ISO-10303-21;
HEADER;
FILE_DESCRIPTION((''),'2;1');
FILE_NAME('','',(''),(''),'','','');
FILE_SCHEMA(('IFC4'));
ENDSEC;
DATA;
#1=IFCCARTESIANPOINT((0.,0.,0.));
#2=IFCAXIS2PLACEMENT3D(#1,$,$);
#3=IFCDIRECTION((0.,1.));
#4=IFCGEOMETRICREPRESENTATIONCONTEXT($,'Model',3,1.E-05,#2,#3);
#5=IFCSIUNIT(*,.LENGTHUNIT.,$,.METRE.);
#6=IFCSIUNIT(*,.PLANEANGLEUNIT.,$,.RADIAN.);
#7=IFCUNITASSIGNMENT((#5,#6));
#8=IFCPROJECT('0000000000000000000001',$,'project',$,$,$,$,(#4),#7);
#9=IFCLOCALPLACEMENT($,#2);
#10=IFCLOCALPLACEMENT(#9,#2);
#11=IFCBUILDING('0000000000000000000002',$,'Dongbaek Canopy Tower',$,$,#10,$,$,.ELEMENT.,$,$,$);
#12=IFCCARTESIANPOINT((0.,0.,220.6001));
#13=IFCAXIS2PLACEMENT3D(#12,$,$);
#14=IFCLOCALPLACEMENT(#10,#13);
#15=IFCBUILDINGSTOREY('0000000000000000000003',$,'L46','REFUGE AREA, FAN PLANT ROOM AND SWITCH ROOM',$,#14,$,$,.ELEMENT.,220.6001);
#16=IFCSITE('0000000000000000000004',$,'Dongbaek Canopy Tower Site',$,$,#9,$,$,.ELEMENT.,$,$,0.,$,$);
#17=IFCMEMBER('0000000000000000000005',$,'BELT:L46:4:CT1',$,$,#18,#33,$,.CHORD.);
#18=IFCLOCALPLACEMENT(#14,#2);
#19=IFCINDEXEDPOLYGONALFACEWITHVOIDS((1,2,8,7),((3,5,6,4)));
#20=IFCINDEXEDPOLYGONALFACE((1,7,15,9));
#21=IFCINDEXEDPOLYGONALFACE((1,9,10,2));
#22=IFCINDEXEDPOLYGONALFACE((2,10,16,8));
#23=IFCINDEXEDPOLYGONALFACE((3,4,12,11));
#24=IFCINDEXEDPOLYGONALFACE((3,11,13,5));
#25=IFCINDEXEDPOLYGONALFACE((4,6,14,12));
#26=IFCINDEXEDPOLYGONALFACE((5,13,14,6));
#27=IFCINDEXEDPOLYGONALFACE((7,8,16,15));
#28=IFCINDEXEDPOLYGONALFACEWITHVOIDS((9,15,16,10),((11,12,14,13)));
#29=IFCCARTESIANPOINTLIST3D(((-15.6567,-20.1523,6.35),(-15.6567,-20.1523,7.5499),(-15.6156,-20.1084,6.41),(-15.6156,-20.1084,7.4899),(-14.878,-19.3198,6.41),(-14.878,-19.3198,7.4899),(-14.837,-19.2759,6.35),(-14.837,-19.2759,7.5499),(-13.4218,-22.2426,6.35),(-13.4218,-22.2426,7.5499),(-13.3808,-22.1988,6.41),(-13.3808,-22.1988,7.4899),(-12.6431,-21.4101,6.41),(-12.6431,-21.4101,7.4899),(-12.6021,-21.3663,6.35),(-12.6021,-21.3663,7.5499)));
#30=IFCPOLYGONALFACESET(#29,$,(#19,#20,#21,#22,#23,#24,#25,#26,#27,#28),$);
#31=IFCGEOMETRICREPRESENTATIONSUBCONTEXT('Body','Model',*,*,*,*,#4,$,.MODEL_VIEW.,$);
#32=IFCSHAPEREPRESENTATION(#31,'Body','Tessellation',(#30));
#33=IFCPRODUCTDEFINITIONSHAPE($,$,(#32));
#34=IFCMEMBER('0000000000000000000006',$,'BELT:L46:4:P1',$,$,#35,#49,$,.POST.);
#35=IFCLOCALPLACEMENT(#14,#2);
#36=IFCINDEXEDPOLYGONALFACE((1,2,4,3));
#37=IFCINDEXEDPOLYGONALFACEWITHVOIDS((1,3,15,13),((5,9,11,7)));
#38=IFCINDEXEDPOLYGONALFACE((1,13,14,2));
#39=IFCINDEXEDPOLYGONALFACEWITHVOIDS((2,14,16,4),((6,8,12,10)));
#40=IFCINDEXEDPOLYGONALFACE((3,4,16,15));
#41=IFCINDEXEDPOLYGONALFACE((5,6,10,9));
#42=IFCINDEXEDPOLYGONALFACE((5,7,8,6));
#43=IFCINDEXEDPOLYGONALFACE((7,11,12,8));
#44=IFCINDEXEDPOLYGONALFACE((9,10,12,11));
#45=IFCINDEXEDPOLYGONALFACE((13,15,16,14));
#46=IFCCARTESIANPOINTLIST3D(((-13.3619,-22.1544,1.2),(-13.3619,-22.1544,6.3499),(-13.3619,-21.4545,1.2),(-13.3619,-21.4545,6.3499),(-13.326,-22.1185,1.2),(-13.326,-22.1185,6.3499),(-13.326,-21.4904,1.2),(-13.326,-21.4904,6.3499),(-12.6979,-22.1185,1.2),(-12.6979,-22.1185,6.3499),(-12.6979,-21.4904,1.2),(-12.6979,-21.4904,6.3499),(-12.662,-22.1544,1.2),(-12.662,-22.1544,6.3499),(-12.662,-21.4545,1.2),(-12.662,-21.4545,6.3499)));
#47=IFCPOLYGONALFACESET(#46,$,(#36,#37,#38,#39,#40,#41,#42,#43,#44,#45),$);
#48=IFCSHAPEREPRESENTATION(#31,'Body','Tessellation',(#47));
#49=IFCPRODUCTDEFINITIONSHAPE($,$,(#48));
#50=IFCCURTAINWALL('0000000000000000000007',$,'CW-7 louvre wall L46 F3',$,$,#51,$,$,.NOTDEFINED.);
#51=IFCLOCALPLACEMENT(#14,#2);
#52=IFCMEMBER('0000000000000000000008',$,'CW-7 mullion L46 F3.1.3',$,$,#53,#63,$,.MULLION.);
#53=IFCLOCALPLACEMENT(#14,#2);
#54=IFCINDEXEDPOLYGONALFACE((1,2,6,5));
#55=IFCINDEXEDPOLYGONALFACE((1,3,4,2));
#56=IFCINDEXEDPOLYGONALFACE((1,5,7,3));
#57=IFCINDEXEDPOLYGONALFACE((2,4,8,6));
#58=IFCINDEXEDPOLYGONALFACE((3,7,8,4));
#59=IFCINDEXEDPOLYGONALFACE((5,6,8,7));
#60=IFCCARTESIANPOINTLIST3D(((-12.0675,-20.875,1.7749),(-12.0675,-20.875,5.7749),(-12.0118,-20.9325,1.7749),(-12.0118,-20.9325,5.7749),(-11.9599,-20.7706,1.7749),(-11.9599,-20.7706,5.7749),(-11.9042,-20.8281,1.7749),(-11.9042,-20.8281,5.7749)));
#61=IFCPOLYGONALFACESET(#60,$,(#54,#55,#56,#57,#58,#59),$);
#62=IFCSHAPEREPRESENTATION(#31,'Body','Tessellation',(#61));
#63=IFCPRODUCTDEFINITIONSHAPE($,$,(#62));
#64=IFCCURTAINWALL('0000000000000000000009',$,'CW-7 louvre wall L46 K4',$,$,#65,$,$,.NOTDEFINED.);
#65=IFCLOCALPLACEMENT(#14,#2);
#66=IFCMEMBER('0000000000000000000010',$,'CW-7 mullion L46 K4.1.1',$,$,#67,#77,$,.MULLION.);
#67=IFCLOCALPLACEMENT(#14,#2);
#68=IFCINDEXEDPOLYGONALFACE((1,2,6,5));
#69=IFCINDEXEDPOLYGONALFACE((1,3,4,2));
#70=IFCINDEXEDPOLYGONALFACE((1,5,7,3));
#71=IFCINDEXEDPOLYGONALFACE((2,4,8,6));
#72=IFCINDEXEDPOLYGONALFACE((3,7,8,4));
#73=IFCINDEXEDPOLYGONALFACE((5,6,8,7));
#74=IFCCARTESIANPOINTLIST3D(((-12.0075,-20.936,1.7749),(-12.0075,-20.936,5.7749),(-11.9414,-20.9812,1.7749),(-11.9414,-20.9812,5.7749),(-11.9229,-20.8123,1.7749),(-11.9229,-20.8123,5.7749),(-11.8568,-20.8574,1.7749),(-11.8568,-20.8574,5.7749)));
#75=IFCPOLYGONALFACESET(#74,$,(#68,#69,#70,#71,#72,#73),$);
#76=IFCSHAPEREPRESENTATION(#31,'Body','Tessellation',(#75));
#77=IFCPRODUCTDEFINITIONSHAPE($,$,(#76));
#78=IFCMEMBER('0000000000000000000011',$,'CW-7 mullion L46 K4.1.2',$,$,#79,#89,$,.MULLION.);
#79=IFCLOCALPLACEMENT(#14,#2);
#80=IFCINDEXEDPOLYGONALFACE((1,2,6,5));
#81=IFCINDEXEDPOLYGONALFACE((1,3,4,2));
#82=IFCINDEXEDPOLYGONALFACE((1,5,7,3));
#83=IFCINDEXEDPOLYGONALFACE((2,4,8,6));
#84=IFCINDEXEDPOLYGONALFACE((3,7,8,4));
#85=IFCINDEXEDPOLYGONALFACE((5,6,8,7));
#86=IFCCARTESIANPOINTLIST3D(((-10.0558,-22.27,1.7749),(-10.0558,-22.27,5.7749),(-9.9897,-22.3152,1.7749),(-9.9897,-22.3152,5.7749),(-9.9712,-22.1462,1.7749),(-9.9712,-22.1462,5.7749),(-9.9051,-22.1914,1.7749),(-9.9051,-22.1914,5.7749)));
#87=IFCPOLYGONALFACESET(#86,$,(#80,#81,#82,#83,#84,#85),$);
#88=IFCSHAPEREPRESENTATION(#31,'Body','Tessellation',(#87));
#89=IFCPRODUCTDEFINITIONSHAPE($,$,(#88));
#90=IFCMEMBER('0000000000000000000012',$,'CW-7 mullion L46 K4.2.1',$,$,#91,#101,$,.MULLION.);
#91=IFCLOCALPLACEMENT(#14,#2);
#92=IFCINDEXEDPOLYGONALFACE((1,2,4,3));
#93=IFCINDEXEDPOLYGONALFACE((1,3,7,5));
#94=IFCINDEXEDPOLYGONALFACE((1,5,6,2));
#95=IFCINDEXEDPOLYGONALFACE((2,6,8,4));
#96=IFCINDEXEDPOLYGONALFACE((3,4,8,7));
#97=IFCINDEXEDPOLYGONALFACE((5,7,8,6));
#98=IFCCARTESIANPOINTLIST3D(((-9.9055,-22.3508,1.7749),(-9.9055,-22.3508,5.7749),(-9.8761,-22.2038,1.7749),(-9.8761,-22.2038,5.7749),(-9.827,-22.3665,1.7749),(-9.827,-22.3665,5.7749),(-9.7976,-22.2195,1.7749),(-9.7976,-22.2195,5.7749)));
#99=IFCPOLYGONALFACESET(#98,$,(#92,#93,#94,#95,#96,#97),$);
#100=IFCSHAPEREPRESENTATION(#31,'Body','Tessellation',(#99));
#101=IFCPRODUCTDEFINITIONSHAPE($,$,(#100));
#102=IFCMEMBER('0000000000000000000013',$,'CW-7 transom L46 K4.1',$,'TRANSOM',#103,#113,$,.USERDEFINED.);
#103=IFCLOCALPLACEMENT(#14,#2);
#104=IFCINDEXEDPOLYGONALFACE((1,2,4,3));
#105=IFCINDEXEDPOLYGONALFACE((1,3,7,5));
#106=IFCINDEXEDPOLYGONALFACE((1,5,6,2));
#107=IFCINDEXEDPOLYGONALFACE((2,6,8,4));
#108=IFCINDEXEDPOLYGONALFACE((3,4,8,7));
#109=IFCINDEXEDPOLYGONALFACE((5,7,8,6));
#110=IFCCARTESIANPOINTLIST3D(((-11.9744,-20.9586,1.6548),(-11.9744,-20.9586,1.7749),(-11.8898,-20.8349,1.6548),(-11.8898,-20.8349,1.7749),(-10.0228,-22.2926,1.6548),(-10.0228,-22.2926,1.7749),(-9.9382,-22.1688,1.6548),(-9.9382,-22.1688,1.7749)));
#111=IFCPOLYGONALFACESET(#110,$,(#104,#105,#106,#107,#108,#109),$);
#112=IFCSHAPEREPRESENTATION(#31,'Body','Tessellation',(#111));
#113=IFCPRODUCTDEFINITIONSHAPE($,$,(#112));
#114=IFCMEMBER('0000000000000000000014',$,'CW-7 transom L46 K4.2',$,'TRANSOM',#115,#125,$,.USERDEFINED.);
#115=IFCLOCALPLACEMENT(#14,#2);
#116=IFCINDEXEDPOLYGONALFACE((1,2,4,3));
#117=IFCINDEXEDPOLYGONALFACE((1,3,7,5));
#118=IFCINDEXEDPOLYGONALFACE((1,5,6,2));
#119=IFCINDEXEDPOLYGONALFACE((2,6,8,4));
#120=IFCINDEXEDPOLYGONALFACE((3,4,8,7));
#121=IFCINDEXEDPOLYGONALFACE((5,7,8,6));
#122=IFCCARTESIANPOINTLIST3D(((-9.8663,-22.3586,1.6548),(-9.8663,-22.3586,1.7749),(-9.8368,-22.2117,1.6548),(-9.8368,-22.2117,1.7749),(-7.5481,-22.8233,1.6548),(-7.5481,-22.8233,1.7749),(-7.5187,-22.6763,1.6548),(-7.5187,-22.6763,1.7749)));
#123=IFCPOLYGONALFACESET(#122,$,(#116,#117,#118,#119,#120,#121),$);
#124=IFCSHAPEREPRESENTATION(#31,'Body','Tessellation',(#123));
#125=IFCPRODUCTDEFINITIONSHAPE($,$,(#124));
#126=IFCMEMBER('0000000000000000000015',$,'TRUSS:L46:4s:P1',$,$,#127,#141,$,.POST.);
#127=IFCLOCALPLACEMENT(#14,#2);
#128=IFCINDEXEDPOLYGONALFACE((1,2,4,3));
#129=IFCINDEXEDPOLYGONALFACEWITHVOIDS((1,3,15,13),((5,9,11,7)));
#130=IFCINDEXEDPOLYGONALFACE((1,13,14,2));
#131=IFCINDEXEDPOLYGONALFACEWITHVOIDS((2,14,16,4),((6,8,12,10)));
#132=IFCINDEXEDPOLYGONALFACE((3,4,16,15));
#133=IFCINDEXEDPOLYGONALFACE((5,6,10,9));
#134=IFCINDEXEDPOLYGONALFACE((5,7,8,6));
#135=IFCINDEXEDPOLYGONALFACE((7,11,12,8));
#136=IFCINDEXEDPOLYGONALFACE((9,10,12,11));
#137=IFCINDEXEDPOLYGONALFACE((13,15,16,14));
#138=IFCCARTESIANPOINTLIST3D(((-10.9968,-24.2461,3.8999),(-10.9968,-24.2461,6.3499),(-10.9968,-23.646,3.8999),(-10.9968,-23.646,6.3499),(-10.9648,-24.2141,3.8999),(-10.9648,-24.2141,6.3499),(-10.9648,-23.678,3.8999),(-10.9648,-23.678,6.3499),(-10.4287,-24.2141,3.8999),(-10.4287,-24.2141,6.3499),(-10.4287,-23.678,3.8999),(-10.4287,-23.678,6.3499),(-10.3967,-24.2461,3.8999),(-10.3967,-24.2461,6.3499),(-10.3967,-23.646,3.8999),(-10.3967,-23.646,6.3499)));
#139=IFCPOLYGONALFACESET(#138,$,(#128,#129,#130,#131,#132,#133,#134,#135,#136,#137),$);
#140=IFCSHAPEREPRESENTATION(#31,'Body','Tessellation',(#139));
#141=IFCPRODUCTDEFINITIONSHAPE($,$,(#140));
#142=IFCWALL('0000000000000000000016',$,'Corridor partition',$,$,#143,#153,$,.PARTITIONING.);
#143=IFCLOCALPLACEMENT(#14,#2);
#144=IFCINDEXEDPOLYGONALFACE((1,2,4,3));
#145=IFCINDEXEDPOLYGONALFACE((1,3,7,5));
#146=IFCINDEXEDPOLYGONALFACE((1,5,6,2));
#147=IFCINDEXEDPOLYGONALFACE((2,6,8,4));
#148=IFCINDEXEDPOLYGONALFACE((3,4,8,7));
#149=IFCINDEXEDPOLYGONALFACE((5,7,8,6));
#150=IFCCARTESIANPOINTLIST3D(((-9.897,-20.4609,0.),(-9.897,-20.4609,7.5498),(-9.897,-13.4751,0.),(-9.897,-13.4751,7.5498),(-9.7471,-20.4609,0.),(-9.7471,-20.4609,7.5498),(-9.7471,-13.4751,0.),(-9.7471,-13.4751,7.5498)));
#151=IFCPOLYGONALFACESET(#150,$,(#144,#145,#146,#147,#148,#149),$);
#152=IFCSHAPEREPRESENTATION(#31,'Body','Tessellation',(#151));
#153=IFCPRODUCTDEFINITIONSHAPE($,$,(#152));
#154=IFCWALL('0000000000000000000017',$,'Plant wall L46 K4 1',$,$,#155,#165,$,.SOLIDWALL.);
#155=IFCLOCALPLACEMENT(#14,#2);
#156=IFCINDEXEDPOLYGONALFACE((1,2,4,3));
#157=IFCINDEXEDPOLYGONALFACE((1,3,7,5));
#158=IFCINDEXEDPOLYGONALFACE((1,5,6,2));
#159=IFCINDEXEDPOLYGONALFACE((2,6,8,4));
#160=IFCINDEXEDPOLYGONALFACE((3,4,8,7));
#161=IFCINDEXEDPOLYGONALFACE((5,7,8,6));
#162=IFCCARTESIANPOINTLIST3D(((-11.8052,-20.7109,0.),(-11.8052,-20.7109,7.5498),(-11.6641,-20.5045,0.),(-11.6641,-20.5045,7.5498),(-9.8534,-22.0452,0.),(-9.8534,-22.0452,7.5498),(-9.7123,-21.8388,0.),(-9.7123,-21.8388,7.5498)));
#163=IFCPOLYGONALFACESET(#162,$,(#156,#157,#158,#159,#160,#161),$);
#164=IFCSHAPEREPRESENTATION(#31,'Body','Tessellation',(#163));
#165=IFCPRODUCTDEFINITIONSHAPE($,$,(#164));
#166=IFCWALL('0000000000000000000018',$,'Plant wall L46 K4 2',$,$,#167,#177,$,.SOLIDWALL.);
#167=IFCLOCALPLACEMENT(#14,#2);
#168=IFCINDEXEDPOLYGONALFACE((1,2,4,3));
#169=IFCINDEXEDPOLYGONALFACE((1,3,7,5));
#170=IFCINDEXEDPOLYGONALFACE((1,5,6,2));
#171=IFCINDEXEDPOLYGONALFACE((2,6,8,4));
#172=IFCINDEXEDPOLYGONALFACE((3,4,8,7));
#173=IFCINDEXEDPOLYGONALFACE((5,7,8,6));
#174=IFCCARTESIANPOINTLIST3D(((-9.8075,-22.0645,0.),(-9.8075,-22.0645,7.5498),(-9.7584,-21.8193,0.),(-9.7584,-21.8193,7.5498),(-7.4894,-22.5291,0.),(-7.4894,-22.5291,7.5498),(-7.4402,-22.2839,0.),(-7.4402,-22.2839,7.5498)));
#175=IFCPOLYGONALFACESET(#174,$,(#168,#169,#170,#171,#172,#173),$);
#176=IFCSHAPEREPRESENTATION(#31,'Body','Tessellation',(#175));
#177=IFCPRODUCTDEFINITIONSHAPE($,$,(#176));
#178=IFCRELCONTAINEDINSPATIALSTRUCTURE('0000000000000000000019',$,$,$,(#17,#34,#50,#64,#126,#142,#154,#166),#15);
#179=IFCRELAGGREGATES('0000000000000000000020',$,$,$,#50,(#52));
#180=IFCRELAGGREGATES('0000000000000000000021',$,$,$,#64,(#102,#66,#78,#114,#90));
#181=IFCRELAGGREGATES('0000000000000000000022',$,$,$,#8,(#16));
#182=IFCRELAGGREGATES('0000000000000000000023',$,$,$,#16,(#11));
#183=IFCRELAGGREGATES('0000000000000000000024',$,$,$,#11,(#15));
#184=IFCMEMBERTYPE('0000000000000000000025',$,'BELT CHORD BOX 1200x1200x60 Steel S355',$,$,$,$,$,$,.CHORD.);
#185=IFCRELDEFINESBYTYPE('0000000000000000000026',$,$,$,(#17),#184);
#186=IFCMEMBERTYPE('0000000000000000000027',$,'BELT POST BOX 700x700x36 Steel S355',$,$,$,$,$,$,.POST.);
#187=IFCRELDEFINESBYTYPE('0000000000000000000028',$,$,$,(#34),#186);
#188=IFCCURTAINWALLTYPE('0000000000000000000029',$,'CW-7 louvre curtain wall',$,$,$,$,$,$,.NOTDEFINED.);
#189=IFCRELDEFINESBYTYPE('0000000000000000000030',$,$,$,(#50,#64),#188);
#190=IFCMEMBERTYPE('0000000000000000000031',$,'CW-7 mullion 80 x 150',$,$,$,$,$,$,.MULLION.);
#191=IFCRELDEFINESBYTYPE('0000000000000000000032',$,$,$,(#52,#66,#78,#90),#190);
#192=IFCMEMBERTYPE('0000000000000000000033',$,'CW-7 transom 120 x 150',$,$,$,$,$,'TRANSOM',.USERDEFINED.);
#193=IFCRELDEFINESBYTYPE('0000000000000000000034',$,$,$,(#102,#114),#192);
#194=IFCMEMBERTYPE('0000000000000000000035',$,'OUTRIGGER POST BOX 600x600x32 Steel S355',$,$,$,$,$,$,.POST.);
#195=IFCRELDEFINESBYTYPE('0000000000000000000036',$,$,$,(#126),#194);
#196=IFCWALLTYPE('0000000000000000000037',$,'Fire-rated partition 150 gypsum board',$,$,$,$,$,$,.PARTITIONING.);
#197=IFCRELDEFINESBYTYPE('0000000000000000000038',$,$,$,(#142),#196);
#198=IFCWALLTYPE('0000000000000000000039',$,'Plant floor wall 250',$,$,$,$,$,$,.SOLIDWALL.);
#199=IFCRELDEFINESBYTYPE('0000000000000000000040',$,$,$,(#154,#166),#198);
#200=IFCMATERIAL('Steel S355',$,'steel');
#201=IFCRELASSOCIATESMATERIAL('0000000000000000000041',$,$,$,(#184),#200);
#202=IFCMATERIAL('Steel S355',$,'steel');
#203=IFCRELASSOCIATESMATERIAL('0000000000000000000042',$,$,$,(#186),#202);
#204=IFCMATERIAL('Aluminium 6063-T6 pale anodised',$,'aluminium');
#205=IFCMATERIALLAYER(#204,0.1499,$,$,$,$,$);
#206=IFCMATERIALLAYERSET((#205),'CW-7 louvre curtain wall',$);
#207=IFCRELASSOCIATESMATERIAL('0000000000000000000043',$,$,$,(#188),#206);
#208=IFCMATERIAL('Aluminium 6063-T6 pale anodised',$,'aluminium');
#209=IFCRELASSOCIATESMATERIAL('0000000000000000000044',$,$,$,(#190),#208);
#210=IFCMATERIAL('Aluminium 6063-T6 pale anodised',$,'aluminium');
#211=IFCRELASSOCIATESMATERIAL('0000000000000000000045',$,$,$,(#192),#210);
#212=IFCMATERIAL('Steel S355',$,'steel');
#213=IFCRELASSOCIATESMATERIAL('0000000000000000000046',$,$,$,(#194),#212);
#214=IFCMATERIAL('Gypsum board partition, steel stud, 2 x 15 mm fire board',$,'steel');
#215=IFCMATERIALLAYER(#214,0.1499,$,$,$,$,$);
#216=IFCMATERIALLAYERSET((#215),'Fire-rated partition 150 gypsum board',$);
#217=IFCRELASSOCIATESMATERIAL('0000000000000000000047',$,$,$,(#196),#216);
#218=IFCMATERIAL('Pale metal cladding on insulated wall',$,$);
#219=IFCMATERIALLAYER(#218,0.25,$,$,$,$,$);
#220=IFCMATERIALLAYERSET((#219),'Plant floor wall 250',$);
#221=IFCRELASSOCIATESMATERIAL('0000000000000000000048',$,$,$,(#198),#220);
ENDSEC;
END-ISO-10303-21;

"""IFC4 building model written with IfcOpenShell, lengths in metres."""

from ifc_helpers import new_model, si_unit, direction, frame, frame_2d, origin, origin_2d, place, context, subcontext, project, spatial, rectangle, hollow_rectangle, extrude, material, layer, layer_set, material_profile, profile_set, type_object, element, aggregate, save


model = new_model("IFC4")

# Units and contexts
model_context = context("Model", 3, precision=1e-05, world=origin(), true_north=direction((0.0, 1.0)))
body_context = subcontext(model_context, "Body", "Model", "MODEL_VIEW")
ifc_project = project(units=[si_unit("LENGTHUNIT", "METRE"), si_unit("PLANEANGLEUNIT", "RADIAN")], contexts=[model_context])

# Site, building, storey
site_placement = place(None, origin())
site = spatial("IfcSite", under=ifc_project, at=site_placement, Name="Dongbaek Canopy Tower Site", CompositionType="ELEMENT", RefElevation=0.0)
building_placement = place(site_placement, origin())
building = spatial("IfcBuilding", under=site, at=building_placement, Name="Dongbaek Canopy Tower", CompositionType="ELEMENT")
storey_placement = place(building_placement, frame((0.0, 0.0, 220.6001)))
storey = spatial("IfcBuildingStorey", under=building, at=storey_placement, Name="L46", Description="REFUGE AREA, FAN PLANT ROOM AND SWITCH ROOM", CompositionType="ELEMENT", Elevation=220.6001)

# Members
ifc_material_1 = material(Name="Steel S355", Category="steel")
ifc_material_profile_1 = material_profile(ifc_material_1, hollow_rectangle(XDim=1.2, YDim=1.2, WallThickness=0.0601, at=origin_2d()), Name="BELT CHORD BOX 1200x1200x60 Steel S355")
ifc_profile_set_1 = profile_set([ifc_material_profile_1], Name="Steel S355")
member_type_1 = type_object("IfcMemberType", Name="BELT CHORD BOX 1200x1200x60 Steel S355", PredefinedType="CHORD", material=ifc_profile_set_1)
for number, where, z_axis, x_axis, name in (
    (1, (-13.012, -21.8044, 6.95), (-0.730328, 0.683097, 0.0), (-0.683097, -0.730328, 0.0), "BELT:L46:4:CT1"),
):
    element("IfcMember", number, at=place(storey_placement, frame(where, z_axis=z_axis, x_axis=x_axis)), inside=storey, type_object=member_type_1, Name=name, PredefinedType="CHORD", context=body_context, shape_type="SweptSolid", body=[
        extrude(hollow_rectangle(XDim=1.2, YDim=1.2, WallThickness=0.0601, at=origin_2d()), origin(), (0.0, 0.0, 1.0), 3.0601),
    ])
ifc_material_2 = material(Name="Steel S355", Category="steel")
ifc_material_profile_2 = material_profile(ifc_material_2, hollow_rectangle(XDim=0.7, YDim=0.7, WallThickness=0.0359, at=origin_2d()), Name="BELT POST BOX 700x700x36 Steel S355")
ifc_profile_set_2 = profile_set([ifc_material_profile_2], Name="Steel S355")
member_type_2 = type_object("IfcMemberType", Name="BELT POST BOX 700x700x36 Steel S355", PredefinedType="POST", material=ifc_profile_set_2)
member_1_placement = place(storey_placement, frame((-13.012, -21.8044, 1.2), z_axis=(0.0, 0.0, 1.0), x_axis=(1.0, 0.0, 0.0)))
element("IfcMember", 2, at=member_1_placement, inside=storey, type_object=member_type_2, Name="BELT:L46:4:P1", PredefinedType="POST", context=body_context, shape_type="SweptSolid", body=[
    extrude(hollow_rectangle(XDim=0.7, YDim=0.7, WallThickness=0.0359, at=origin_2d()), origin(), (0.0, 0.0, 1.0), 5.1499),
])

# Curtain wall, member
ifc_material_3 = material(Name="Aluminium 6063-T6 pale anodised", Category="aluminium")
ifc_layer_1 = layer(ifc_material_3, 0.1499)
ifc_layer_set_1 = layer_set([ifc_layer_1], Name="CW-7 louvre curtain wall")
curtain_wall_type = type_object("IfcCurtainWallType", Name="CW-7 louvre curtain wall", PredefinedType="NOTDEFINED", material=ifc_layer_set_1)
curtain_wall_1_placement = place(storey_placement, origin())
curtain_wall_1 = element("IfcCurtainWall", 3, at=curtain_wall_1_placement, inside=storey, type_object=curtain_wall_type, Name="CW-7 louvre wall L46 F3", PredefinedType="NOTDEFINED")
ifc_material_4 = material(Name="Aluminium 6063-T6 pale anodised", Category="aluminium")
ifc_material_profile_3 = material_profile(ifc_material_4, rectangle(XDim=0.1499, YDim=0.0801, at=origin_2d()), Name="CW-7 mullion 80 x 150")
ifc_profile_set_3 = profile_set([ifc_material_profile_3], Name="Aluminium 6063-T6 pale anodised")
member_type_3 = type_object("IfcMemberType", Name="CW-7 mullion 80 x 150", PredefinedType="MULLION", material=ifc_profile_set_3)
member_2_placement = place(storey_placement, frame((-11.9858, -20.8516, 1.7749), z_axis=(0.0, 0.0, 1.0), x_axis=(-0.717708, -0.696344, 0.0)))
member_2 = element("IfcMember", 4, at=member_2_placement, type_object=member_type_3, Name="CW-7 mullion L46 F3.1.3", PredefinedType="MULLION", context=body_context, shape_type="SweptSolid", body=[
    extrude(rectangle(XDim=0.1499, YDim=0.0801, at=origin_2d()), origin(), (0.0, 0.0, 1.0), 4.0),
])
aggregate(curtain_wall_1, [member_2])

# Curtain wall, members
curtain_wall_2_placement = place(storey_placement, origin())
curtain_wall_2 = element("IfcCurtainWall", 5, at=curtain_wall_2_placement, inside=storey, type_object=curtain_wall_type, Name="CW-7 louvre wall L46 K4", PredefinedType="NOTDEFINED")
member_3_placement = place(storey_placement, frame((-11.9321, -20.8967, 1.7749), z_axis=(0.0, 0.0, 1.0), x_axis=(-0.564314, -0.82556, 0.0)))
member_3 = element("IfcMember", 6, at=member_3_placement, type_object=member_type_3, Name="CW-7 mullion L46 K4.1.1", PredefinedType="MULLION", context=body_context, shape_type="SweptSolid", body=[
    extrude(rectangle(XDim=0.1499, YDim=0.0801, at=origin_2d()), origin(), (0.0, 0.0, 1.0), 4.0),
])
member_4_placement = place(storey_placement, frame((-9.9805, -22.2307, 1.7749), z_axis=(0.0, 0.0, 1.0), x_axis=(-0.564314, -0.82556, 0.0)))
member_4 = element("IfcMember", 7, at=member_4_placement, type_object=member_type_3, Name="CW-7 mullion L46 K4.1.2", PredefinedType="MULLION", context=body_context, shape_type="SweptSolid", body=[
    extrude(rectangle(XDim=0.1499, YDim=0.0801, at=origin_2d()), origin(), (0.0, 0.0, 1.0), 4.0),
])
member_5_placement = place(storey_placement, frame((-9.8516, -22.2852, 1.7749), z_axis=(0.0, 0.0, 1.0), x_axis=(-0.19651, -0.980502, 0.0)))
member_5 = element("IfcMember", 8, at=member_5_placement, type_object=member_type_3, Name="CW-7 mullion L46 K4.2.1", PredefinedType="MULLION", context=body_context, shape_type="SweptSolid", body=[
    extrude(rectangle(XDim=0.1499, YDim=0.0801, at=origin_2d()), origin(), (0.0, 0.0, 1.0), 4.0),
])
ifc_material_5 = material(Name="Aluminium 6063-T6 pale anodised", Category="aluminium")
ifc_material_profile_4 = material_profile(ifc_material_5, rectangle(XDim=0.1499, YDim=0.1201, at=origin_2d()), Name="CW-7 transom 120 x 150")
ifc_profile_set_4 = profile_set([ifc_material_profile_4], Name="Aluminium 6063-T6 pale anodised")
member_type_4 = type_object("IfcMemberType", Name="CW-7 transom 120 x 150", ElementType="TRANSOM", PredefinedType="USERDEFINED", material=ifc_profile_set_4)
member_6_placement = place(storey_placement, frame((-11.9321, -20.8967, 1.7148), z_axis=(0.825576, -0.564291, 0.0), x_axis=(0.564291, 0.825576, 0.0)))
member_6 = element("IfcMember", 9, at=member_6_placement, type_object=member_type_4, Name="CW-7 transom L46 K4.1", ObjectType="TRANSOM", PredefinedType="USERDEFINED", context=body_context, shape_type="SweptSolid", body=[
    extrude(rectangle(XDim=0.1499, YDim=0.1201, at=origin_2d()), origin(), (0.0, 0.0, 1.0), 2.364),
])
member_7_placement = place(storey_placement, frame((-9.8516, -22.2852, 1.7148), z_axis=(0.980501, -0.196513, 0.0), x_axis=(0.196513, 0.980501, 0.0)))
member_7 = element("IfcMember", 10, at=member_7_placement, type_object=member_type_4, Name="CW-7 transom L46 K4.2", ObjectType="TRANSOM", PredefinedType="USERDEFINED", context=body_context, shape_type="SweptSolid", body=[
    extrude(rectangle(XDim=0.1499, YDim=0.1201, at=origin_2d()), origin(), (0.0, 0.0, 1.0), 2.3643),
])

# Member
ifc_material_6 = material(Name="Steel S355", Category="steel")
ifc_material_profile_5 = material_profile(ifc_material_6, hollow_rectangle(XDim=0.6001, YDim=0.6001, WallThickness=0.032, at=origin_2d()), Name="OUTRIGGER POST BOX 600x600x32 Steel S355")
ifc_profile_set_5 = profile_set([ifc_material_profile_5], Name="Steel S355")
member_type_5 = type_object("IfcMemberType", Name="OUTRIGGER POST BOX 600x600x32 Steel S355", PredefinedType="POST", material=ifc_profile_set_5)
member_8_placement = place(storey_placement, frame((-10.6968, -23.946, 3.8999), z_axis=(0.0, 0.0, 1.0), x_axis=(1.0, 0.0, 0.0)))
element("IfcMember", 11, at=member_8_placement, inside=storey, type_object=member_type_5, Name="TRUSS:L46:4s:P1", PredefinedType="POST", context=body_context, shape_type="SweptSolid", body=[
    extrude(hollow_rectangle(XDim=0.6001, YDim=0.6001, WallThickness=0.032, at=origin_2d()), origin(), (0.0, 0.0, 1.0), 2.45),
])

# Walls
ifc_material_7 = material(Name="Gypsum board partition, steel stud, 2 x 15 mm fire board", Category="steel")
ifc_layer_2 = layer(ifc_material_7, 0.1499)
ifc_layer_set_2 = layer_set([ifc_layer_2], Name="Fire-rated partition 150 gypsum board")
wall_type_1 = type_object("IfcWallType", Name="Fire-rated partition 150 gypsum board", PredefinedType="PARTITIONING", material=ifc_layer_set_2)
wall_placement = place(storey_placement, frame((-9.822, -20.4609, 0.0), z_axis=(0.0, 0.0, 1.0), x_axis=(0.0, 1.0, 0.0)))
element("IfcWall", 12, at=wall_placement, inside=storey, type_object=wall_type_1, Name="Corridor partition", PredefinedType="PARTITIONING", context=body_context, shape_type="SweptSolid", body=[
    extrude(rectangle(XDim=6.9858, YDim=0.1499, at=frame_2d((3.4929, 0.0))), origin(), (0.0, 0.0, 1.0), 7.5498),
])
ifc_material_8 = material(Name="Pale metal cladding on insulated wall")
ifc_layer_3 = layer(ifc_material_8, 0.25)
ifc_layer_set_3 = layer_set([ifc_layer_3], Name="Plant floor wall 250")
wall_type_2 = type_object("IfcWallType", Name="Plant floor wall 250", PredefinedType="SOLIDWALL", material=ifc_layer_set_3)
for number, where, z_axis, x_axis, name in (
    (13, (-11.7346, -20.6077, 0.0), (0.0, 0.0, 1.0), (0.825528, -0.564362, 0.0), "Plant wall L46 K4 1"),
    (14, (-9.783, -21.9419, 0.0), (0.0, 0.0, 1.0), (0.980501, -0.196513, 0.0), "Plant wall L46 K4 2"),
):
    element("IfcWall", number, at=place(storey_placement, frame(where, z_axis=z_axis, x_axis=x_axis)), inside=storey, type_object=wall_type_2, Name=name, PredefinedType="SOLIDWALL", context=body_context, shape_type="SweptSolid", body=[
        extrude(rectangle(XDim=2.3643, YDim=0.25, at=frame_2d((1.1821, 0.0))), origin(), (0.0, 0.0, 1.0), 7.5498),
    ])

aggregate(curtain_wall_2, [member_6, member_3, member_4, member_7, member_5])

save(model, "model.ifc")
